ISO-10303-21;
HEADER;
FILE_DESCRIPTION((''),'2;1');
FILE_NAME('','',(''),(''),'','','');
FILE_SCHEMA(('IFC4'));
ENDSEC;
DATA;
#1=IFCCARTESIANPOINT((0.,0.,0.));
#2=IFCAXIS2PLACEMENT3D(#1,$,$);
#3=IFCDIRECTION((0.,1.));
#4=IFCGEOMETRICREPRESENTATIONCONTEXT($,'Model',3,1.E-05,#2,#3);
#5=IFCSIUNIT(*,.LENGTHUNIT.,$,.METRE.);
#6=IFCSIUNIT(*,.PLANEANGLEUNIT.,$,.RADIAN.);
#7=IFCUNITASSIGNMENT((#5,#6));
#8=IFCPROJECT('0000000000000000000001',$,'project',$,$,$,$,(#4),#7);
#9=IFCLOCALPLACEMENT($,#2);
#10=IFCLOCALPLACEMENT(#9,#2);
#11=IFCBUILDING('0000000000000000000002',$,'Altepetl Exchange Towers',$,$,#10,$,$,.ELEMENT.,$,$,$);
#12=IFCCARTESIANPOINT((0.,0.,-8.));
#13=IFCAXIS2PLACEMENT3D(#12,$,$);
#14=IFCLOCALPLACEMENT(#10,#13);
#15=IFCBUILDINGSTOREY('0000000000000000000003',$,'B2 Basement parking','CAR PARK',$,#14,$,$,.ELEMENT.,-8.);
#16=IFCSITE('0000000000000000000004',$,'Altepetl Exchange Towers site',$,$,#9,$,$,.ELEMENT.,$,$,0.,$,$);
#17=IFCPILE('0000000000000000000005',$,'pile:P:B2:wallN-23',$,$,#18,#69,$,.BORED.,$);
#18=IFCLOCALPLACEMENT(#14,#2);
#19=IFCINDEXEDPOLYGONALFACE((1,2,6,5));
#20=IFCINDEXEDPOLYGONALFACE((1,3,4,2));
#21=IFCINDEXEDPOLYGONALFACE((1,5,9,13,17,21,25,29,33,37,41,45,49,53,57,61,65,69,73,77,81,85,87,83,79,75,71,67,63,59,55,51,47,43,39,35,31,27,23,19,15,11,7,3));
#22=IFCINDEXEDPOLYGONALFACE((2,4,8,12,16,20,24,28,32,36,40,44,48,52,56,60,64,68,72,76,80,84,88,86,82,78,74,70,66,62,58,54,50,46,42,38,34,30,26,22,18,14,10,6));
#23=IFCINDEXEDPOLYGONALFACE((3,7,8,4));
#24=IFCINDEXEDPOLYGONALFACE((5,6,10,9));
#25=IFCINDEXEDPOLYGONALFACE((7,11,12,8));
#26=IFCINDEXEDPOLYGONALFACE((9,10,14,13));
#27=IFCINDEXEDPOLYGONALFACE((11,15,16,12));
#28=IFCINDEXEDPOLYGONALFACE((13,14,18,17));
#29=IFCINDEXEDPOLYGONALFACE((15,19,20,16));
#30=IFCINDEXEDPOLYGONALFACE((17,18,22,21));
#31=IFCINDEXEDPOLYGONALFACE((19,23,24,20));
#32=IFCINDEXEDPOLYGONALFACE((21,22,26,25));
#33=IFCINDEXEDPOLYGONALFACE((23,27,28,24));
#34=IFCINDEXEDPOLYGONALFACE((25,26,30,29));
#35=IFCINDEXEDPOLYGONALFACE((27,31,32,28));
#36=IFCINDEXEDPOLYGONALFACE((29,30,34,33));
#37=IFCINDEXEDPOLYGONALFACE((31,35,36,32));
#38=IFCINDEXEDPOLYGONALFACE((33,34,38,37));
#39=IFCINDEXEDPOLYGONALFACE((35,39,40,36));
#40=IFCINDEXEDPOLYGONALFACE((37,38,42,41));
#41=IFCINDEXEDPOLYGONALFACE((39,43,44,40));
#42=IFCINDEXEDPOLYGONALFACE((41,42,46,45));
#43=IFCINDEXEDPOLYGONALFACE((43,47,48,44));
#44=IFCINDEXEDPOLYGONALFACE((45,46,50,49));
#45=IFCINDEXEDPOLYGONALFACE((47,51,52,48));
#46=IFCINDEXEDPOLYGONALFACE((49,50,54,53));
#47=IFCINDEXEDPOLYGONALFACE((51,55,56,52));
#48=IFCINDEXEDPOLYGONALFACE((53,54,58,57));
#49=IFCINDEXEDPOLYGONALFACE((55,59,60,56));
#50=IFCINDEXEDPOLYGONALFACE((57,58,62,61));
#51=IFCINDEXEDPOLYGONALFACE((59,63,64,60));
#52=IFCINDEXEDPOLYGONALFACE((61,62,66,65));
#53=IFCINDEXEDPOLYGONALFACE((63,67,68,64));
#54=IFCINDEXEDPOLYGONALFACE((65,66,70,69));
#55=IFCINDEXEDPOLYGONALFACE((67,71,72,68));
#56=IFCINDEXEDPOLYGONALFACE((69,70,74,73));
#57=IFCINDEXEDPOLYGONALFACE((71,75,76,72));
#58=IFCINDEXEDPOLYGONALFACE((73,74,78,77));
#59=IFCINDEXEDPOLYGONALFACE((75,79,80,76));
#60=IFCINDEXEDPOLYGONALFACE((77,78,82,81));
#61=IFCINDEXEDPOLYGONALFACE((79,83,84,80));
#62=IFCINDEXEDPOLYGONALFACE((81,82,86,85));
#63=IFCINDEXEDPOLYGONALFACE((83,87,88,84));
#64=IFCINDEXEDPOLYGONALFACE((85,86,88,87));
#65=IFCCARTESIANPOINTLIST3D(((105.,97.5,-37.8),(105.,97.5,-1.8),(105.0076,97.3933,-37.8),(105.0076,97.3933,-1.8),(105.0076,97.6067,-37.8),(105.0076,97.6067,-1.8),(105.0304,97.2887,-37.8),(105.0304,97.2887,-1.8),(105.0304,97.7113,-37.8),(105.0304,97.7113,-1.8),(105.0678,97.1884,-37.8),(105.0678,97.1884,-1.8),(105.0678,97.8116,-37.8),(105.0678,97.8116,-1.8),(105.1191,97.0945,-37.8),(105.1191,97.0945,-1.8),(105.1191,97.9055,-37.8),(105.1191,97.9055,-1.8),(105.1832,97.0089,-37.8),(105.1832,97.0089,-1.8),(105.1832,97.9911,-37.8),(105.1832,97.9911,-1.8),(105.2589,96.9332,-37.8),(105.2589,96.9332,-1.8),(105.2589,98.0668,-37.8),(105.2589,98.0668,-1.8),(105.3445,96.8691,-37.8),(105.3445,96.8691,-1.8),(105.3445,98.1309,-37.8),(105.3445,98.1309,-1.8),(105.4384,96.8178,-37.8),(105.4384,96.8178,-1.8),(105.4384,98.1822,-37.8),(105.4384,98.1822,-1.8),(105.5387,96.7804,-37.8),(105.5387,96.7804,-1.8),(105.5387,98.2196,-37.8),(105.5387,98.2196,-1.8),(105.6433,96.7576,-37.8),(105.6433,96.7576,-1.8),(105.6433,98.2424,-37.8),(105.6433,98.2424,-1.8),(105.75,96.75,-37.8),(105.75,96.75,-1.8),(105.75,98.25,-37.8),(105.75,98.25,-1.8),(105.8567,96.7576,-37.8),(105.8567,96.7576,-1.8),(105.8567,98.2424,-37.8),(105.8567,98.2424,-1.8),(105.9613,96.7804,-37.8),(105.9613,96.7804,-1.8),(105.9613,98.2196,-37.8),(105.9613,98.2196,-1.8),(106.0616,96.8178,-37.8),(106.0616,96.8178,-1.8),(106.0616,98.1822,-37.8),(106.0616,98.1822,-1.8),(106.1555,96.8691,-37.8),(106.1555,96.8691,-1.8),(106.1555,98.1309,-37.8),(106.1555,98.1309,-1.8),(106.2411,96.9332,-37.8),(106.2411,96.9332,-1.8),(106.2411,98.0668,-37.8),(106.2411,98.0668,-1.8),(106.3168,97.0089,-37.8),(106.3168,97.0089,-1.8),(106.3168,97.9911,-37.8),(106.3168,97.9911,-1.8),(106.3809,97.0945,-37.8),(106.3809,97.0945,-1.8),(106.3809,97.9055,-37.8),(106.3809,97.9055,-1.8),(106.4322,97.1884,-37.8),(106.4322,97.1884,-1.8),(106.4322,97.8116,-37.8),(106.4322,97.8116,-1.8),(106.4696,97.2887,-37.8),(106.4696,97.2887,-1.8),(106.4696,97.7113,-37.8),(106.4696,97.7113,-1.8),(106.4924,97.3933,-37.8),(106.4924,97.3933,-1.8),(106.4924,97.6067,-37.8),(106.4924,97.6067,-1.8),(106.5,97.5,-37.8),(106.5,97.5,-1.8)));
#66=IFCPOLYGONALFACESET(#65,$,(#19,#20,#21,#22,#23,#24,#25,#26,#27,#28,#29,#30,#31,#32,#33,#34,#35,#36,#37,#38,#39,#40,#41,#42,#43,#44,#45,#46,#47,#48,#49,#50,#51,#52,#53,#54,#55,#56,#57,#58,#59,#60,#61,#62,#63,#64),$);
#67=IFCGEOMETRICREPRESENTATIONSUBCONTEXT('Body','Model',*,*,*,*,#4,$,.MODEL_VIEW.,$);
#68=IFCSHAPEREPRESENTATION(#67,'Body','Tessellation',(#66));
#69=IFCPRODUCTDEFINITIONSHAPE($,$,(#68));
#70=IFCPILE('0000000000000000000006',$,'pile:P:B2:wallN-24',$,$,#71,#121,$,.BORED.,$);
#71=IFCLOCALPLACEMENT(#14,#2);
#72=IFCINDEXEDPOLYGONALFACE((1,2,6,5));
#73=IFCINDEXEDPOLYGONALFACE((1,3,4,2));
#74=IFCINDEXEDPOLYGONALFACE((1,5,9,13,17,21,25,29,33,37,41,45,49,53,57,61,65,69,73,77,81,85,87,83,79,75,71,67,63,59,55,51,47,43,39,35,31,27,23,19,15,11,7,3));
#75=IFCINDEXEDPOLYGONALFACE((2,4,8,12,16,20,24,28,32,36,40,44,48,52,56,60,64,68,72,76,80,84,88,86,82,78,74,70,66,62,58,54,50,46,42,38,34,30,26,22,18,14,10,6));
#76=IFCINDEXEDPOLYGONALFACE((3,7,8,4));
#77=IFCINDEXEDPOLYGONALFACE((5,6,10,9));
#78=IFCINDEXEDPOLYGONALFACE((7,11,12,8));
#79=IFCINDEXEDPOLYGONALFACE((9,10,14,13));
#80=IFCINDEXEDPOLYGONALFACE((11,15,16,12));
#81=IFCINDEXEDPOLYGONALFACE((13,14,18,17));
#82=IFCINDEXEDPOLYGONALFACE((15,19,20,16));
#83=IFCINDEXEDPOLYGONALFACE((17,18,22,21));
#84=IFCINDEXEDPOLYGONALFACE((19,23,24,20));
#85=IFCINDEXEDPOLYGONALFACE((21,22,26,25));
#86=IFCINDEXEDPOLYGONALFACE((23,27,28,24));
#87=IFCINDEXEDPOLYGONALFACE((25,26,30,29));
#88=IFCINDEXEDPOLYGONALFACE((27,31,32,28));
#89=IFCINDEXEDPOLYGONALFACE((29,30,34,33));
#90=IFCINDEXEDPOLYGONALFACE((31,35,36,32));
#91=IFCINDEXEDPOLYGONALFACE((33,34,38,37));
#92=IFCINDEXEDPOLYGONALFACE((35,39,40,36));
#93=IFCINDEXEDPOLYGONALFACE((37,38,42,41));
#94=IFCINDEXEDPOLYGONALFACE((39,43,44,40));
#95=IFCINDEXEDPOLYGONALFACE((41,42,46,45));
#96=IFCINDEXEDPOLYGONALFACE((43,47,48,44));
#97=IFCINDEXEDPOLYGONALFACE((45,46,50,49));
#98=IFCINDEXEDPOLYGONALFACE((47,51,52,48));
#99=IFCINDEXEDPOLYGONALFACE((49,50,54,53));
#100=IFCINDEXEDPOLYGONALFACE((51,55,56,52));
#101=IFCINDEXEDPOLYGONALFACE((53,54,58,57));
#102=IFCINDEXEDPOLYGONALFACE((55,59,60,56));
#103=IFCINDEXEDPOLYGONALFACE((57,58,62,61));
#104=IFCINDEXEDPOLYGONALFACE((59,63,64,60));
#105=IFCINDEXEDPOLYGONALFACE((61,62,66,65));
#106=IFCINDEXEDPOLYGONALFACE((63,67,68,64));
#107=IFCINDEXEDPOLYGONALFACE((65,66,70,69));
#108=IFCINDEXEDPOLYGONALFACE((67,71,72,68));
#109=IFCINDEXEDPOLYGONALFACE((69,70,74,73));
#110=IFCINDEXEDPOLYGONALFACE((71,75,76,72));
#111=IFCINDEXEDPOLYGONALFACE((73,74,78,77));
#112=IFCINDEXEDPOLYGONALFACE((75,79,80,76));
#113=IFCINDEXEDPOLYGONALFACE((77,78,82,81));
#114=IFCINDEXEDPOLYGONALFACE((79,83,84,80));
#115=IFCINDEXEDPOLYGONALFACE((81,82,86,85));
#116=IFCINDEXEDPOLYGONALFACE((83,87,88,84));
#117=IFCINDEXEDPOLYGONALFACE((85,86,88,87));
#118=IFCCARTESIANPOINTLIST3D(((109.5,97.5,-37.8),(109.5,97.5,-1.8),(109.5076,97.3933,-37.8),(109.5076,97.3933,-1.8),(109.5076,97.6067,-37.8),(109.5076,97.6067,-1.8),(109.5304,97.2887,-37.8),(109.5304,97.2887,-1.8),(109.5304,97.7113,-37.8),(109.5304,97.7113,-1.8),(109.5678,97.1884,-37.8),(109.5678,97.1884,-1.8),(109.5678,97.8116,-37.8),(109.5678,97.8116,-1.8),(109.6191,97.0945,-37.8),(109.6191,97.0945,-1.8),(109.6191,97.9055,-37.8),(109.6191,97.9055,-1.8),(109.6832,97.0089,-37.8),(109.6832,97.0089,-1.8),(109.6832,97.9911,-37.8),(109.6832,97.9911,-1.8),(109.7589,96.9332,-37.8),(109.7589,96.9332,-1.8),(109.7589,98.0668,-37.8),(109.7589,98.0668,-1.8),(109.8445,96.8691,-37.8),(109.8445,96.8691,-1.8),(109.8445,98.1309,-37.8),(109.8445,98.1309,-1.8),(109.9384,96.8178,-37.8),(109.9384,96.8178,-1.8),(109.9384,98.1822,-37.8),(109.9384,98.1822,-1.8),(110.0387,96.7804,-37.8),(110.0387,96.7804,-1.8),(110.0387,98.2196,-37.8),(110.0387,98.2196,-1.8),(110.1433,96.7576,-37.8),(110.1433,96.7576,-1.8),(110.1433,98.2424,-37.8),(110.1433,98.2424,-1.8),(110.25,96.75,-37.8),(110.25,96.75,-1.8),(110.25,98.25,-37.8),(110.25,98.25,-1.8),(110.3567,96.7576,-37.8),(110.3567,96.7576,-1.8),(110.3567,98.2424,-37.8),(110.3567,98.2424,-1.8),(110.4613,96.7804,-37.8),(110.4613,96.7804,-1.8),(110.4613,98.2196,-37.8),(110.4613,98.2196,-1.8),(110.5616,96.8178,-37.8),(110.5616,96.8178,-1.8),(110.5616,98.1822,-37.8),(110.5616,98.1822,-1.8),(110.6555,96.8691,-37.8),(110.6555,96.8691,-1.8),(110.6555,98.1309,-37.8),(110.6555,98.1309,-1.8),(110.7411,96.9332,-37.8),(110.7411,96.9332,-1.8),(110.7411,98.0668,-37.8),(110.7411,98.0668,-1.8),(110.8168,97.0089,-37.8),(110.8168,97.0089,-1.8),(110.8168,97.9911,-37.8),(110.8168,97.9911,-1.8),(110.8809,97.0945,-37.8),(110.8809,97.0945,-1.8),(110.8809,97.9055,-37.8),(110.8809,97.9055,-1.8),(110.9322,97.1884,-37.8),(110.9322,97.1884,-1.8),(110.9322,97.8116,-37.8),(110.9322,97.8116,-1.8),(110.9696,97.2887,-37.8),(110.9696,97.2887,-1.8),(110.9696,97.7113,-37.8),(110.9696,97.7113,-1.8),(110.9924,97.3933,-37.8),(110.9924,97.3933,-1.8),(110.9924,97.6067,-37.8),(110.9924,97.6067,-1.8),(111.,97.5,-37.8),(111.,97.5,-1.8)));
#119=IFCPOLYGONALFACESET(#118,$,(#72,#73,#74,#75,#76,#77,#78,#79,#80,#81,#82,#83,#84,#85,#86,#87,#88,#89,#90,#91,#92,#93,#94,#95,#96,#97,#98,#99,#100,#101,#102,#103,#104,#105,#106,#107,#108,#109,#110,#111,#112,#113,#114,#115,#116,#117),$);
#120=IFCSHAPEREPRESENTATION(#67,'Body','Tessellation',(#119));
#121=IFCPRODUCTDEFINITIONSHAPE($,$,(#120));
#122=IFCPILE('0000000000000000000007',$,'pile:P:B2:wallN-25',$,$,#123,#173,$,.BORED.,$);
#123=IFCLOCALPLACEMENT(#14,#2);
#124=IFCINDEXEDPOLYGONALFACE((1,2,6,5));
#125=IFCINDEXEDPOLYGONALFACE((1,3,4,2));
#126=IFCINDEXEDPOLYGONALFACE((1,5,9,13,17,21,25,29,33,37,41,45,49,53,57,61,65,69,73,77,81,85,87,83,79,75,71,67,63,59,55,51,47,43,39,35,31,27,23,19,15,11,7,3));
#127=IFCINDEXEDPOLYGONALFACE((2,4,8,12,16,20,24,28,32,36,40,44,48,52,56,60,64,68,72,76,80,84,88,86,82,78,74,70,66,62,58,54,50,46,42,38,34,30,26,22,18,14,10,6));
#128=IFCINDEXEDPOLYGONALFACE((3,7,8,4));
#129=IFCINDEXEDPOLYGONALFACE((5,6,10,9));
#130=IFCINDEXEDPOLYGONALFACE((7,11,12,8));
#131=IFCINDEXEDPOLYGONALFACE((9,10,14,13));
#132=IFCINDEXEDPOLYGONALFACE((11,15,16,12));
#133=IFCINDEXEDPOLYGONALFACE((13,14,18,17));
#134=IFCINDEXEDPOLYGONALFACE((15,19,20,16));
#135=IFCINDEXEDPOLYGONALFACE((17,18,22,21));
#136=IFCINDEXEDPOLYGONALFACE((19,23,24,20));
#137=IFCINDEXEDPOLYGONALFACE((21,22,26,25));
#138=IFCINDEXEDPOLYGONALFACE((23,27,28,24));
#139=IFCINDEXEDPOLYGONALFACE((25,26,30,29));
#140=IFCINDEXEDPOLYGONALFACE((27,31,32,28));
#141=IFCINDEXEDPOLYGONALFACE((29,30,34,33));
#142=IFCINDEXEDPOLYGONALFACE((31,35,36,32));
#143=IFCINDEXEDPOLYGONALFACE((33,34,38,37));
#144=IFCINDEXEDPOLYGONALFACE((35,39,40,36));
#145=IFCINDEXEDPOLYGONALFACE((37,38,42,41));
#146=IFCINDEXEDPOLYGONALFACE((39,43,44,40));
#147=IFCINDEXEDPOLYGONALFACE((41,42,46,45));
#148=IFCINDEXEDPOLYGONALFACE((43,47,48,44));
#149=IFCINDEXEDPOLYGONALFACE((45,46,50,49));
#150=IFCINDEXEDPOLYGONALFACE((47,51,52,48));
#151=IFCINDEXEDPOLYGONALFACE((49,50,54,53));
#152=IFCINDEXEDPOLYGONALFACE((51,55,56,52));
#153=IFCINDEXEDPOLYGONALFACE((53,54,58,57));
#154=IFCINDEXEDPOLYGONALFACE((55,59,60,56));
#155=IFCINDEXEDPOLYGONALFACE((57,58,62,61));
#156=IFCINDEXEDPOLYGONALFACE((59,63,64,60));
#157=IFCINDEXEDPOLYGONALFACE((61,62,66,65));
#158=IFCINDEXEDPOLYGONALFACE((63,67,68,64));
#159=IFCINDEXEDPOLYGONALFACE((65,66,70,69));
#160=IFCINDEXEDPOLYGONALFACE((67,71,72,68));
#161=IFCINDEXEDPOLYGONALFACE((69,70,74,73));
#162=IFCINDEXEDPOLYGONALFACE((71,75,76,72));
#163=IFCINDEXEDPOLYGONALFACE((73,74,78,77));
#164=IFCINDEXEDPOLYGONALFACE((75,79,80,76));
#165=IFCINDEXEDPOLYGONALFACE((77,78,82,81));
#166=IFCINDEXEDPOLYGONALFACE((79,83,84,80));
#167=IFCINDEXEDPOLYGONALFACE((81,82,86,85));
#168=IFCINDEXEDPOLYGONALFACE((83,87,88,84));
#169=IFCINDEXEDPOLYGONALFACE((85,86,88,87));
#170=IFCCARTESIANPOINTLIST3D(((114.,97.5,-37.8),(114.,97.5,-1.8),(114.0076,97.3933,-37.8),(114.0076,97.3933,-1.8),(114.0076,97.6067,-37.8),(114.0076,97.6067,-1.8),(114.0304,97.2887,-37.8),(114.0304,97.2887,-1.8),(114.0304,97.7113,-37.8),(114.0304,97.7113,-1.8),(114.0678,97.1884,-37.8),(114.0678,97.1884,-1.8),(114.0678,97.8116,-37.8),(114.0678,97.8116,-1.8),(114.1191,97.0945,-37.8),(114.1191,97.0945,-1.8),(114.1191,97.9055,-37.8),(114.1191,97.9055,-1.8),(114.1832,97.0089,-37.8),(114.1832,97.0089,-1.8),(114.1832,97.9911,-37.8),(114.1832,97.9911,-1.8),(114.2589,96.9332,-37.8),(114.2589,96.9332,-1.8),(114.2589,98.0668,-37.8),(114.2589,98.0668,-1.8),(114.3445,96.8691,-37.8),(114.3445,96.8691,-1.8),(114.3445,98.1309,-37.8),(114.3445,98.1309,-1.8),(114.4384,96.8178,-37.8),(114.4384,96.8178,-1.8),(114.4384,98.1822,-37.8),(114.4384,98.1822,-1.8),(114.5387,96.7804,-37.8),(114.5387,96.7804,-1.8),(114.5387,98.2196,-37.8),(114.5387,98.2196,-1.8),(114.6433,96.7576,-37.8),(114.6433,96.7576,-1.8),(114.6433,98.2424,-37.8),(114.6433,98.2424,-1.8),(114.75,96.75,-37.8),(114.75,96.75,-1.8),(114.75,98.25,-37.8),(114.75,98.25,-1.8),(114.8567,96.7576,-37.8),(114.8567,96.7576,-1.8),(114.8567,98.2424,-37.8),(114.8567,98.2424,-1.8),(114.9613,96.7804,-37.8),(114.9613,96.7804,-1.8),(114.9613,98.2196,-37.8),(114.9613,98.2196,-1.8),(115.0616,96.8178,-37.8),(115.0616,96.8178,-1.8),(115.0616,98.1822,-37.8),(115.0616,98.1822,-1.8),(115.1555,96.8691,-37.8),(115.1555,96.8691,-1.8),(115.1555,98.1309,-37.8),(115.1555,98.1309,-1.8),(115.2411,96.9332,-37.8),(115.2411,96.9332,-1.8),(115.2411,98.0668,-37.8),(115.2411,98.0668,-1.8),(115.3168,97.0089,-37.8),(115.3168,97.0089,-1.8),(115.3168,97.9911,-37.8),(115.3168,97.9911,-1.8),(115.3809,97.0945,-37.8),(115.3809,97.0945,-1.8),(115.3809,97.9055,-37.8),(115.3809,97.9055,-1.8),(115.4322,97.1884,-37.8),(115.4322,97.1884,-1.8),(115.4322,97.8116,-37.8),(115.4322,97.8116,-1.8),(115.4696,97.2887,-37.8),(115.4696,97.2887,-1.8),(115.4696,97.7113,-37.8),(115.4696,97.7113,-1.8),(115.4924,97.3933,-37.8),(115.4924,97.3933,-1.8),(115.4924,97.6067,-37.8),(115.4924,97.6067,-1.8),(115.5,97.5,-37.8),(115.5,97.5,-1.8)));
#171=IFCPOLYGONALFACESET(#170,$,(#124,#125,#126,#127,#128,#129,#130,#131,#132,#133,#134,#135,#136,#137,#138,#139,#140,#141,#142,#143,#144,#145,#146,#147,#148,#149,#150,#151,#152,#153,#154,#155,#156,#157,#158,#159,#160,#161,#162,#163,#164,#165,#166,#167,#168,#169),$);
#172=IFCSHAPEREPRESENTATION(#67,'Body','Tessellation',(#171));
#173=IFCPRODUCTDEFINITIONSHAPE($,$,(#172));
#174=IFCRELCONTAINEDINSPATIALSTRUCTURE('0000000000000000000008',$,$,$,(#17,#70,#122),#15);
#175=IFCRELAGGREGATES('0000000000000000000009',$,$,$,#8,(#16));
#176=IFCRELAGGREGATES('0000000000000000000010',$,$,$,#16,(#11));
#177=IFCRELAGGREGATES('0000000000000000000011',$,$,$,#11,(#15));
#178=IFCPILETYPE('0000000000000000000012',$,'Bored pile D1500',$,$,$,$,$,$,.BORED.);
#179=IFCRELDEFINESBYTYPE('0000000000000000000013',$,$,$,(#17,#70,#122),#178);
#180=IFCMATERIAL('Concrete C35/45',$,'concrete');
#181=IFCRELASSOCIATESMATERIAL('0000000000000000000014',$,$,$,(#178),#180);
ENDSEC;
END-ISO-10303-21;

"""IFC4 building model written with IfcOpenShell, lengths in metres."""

from ifc_helpers import new_model, si_unit, direction, frame, origin, origin_2d, place, context, subcontext, project, spatial, circle, extrude, material, material_profile, profile_set, type_object, element, save


model = new_model("IFC4")

# Units and contexts
model_context = context("Model", 3, precision=1e-05, world=origin(), true_north=direction((0.0, 1.0)))
body_context = subcontext(model_context, "Body", "Model", "MODEL_VIEW")
ifc_project = project(units=[si_unit("LENGTHUNIT", "METRE"), si_unit("PLANEANGLEUNIT", "RADIAN")], contexts=[model_context])

# Site, building, storey
site_placement = place(None, origin())
site = spatial("IfcSite", under=ifc_project, at=site_placement, Name="Altepetl Exchange Towers site", CompositionType="ELEMENT", RefElevation=0.0)
building_placement = place(site_placement, origin())
building = spatial("IfcBuilding", under=site, at=building_placement, Name="Altepetl Exchange Towers", CompositionType="ELEMENT")
storey_placement = place(building_placement, frame((0.0, 0.0, -8.0)))
storey = spatial("IfcBuildingStorey", under=building, at=storey_placement, Name="B2 Basement parking", Description="CAR PARK", CompositionType="ELEMENT", Elevation=-8.0)

# Piles
ifc_material_1 = material(Name="Concrete C35/45", Category="concrete")
ifc_material_profile_1 = material_profile(ifc_material_1, circle(Radius=0.75, at=origin_2d()), Name="D1500")
ifc_profile_set_1 = profile_set([ifc_material_profile_1], Name="Concrete C35/45")
pile_type_1 = type_object("IfcPileType", Name="Bored pile D1500", PredefinedType="BORED", material=ifc_profile_set_1)
for number, where, z_axis, x_axis, name in (
    (1, (105.75, 97.5, -1.8), (0.0, 0.0, -1.0), (1.0, 0.0, 0.0), "pile:P:B2:wallN-23"),
    (2, (110.25, 97.5, -1.8), (0.0, 0.0, -1.0), (1.0, 0.0, 0.0), "pile:P:B2:wallN-24"),
    (3, (114.75, 97.5, -1.8), (0.0, 0.0, -1.0), (1.0, 0.0, 0.0), "pile:P:B2:wallN-25"),
):
    element("IfcPile", number, at=place(storey_placement, frame(where, z_axis=z_axis, x_axis=x_axis)), inside=storey, type_object=pile_type_1, Name=name, PredefinedType="BORED", context=body_context, shape_type="SweptSolid", body=[
        extrude(circle(Radius=0.75, at=origin_2d()), origin(), (0.0, 0.0, 1.0), 36.0),
    ])

save(model, "model.ifc")
